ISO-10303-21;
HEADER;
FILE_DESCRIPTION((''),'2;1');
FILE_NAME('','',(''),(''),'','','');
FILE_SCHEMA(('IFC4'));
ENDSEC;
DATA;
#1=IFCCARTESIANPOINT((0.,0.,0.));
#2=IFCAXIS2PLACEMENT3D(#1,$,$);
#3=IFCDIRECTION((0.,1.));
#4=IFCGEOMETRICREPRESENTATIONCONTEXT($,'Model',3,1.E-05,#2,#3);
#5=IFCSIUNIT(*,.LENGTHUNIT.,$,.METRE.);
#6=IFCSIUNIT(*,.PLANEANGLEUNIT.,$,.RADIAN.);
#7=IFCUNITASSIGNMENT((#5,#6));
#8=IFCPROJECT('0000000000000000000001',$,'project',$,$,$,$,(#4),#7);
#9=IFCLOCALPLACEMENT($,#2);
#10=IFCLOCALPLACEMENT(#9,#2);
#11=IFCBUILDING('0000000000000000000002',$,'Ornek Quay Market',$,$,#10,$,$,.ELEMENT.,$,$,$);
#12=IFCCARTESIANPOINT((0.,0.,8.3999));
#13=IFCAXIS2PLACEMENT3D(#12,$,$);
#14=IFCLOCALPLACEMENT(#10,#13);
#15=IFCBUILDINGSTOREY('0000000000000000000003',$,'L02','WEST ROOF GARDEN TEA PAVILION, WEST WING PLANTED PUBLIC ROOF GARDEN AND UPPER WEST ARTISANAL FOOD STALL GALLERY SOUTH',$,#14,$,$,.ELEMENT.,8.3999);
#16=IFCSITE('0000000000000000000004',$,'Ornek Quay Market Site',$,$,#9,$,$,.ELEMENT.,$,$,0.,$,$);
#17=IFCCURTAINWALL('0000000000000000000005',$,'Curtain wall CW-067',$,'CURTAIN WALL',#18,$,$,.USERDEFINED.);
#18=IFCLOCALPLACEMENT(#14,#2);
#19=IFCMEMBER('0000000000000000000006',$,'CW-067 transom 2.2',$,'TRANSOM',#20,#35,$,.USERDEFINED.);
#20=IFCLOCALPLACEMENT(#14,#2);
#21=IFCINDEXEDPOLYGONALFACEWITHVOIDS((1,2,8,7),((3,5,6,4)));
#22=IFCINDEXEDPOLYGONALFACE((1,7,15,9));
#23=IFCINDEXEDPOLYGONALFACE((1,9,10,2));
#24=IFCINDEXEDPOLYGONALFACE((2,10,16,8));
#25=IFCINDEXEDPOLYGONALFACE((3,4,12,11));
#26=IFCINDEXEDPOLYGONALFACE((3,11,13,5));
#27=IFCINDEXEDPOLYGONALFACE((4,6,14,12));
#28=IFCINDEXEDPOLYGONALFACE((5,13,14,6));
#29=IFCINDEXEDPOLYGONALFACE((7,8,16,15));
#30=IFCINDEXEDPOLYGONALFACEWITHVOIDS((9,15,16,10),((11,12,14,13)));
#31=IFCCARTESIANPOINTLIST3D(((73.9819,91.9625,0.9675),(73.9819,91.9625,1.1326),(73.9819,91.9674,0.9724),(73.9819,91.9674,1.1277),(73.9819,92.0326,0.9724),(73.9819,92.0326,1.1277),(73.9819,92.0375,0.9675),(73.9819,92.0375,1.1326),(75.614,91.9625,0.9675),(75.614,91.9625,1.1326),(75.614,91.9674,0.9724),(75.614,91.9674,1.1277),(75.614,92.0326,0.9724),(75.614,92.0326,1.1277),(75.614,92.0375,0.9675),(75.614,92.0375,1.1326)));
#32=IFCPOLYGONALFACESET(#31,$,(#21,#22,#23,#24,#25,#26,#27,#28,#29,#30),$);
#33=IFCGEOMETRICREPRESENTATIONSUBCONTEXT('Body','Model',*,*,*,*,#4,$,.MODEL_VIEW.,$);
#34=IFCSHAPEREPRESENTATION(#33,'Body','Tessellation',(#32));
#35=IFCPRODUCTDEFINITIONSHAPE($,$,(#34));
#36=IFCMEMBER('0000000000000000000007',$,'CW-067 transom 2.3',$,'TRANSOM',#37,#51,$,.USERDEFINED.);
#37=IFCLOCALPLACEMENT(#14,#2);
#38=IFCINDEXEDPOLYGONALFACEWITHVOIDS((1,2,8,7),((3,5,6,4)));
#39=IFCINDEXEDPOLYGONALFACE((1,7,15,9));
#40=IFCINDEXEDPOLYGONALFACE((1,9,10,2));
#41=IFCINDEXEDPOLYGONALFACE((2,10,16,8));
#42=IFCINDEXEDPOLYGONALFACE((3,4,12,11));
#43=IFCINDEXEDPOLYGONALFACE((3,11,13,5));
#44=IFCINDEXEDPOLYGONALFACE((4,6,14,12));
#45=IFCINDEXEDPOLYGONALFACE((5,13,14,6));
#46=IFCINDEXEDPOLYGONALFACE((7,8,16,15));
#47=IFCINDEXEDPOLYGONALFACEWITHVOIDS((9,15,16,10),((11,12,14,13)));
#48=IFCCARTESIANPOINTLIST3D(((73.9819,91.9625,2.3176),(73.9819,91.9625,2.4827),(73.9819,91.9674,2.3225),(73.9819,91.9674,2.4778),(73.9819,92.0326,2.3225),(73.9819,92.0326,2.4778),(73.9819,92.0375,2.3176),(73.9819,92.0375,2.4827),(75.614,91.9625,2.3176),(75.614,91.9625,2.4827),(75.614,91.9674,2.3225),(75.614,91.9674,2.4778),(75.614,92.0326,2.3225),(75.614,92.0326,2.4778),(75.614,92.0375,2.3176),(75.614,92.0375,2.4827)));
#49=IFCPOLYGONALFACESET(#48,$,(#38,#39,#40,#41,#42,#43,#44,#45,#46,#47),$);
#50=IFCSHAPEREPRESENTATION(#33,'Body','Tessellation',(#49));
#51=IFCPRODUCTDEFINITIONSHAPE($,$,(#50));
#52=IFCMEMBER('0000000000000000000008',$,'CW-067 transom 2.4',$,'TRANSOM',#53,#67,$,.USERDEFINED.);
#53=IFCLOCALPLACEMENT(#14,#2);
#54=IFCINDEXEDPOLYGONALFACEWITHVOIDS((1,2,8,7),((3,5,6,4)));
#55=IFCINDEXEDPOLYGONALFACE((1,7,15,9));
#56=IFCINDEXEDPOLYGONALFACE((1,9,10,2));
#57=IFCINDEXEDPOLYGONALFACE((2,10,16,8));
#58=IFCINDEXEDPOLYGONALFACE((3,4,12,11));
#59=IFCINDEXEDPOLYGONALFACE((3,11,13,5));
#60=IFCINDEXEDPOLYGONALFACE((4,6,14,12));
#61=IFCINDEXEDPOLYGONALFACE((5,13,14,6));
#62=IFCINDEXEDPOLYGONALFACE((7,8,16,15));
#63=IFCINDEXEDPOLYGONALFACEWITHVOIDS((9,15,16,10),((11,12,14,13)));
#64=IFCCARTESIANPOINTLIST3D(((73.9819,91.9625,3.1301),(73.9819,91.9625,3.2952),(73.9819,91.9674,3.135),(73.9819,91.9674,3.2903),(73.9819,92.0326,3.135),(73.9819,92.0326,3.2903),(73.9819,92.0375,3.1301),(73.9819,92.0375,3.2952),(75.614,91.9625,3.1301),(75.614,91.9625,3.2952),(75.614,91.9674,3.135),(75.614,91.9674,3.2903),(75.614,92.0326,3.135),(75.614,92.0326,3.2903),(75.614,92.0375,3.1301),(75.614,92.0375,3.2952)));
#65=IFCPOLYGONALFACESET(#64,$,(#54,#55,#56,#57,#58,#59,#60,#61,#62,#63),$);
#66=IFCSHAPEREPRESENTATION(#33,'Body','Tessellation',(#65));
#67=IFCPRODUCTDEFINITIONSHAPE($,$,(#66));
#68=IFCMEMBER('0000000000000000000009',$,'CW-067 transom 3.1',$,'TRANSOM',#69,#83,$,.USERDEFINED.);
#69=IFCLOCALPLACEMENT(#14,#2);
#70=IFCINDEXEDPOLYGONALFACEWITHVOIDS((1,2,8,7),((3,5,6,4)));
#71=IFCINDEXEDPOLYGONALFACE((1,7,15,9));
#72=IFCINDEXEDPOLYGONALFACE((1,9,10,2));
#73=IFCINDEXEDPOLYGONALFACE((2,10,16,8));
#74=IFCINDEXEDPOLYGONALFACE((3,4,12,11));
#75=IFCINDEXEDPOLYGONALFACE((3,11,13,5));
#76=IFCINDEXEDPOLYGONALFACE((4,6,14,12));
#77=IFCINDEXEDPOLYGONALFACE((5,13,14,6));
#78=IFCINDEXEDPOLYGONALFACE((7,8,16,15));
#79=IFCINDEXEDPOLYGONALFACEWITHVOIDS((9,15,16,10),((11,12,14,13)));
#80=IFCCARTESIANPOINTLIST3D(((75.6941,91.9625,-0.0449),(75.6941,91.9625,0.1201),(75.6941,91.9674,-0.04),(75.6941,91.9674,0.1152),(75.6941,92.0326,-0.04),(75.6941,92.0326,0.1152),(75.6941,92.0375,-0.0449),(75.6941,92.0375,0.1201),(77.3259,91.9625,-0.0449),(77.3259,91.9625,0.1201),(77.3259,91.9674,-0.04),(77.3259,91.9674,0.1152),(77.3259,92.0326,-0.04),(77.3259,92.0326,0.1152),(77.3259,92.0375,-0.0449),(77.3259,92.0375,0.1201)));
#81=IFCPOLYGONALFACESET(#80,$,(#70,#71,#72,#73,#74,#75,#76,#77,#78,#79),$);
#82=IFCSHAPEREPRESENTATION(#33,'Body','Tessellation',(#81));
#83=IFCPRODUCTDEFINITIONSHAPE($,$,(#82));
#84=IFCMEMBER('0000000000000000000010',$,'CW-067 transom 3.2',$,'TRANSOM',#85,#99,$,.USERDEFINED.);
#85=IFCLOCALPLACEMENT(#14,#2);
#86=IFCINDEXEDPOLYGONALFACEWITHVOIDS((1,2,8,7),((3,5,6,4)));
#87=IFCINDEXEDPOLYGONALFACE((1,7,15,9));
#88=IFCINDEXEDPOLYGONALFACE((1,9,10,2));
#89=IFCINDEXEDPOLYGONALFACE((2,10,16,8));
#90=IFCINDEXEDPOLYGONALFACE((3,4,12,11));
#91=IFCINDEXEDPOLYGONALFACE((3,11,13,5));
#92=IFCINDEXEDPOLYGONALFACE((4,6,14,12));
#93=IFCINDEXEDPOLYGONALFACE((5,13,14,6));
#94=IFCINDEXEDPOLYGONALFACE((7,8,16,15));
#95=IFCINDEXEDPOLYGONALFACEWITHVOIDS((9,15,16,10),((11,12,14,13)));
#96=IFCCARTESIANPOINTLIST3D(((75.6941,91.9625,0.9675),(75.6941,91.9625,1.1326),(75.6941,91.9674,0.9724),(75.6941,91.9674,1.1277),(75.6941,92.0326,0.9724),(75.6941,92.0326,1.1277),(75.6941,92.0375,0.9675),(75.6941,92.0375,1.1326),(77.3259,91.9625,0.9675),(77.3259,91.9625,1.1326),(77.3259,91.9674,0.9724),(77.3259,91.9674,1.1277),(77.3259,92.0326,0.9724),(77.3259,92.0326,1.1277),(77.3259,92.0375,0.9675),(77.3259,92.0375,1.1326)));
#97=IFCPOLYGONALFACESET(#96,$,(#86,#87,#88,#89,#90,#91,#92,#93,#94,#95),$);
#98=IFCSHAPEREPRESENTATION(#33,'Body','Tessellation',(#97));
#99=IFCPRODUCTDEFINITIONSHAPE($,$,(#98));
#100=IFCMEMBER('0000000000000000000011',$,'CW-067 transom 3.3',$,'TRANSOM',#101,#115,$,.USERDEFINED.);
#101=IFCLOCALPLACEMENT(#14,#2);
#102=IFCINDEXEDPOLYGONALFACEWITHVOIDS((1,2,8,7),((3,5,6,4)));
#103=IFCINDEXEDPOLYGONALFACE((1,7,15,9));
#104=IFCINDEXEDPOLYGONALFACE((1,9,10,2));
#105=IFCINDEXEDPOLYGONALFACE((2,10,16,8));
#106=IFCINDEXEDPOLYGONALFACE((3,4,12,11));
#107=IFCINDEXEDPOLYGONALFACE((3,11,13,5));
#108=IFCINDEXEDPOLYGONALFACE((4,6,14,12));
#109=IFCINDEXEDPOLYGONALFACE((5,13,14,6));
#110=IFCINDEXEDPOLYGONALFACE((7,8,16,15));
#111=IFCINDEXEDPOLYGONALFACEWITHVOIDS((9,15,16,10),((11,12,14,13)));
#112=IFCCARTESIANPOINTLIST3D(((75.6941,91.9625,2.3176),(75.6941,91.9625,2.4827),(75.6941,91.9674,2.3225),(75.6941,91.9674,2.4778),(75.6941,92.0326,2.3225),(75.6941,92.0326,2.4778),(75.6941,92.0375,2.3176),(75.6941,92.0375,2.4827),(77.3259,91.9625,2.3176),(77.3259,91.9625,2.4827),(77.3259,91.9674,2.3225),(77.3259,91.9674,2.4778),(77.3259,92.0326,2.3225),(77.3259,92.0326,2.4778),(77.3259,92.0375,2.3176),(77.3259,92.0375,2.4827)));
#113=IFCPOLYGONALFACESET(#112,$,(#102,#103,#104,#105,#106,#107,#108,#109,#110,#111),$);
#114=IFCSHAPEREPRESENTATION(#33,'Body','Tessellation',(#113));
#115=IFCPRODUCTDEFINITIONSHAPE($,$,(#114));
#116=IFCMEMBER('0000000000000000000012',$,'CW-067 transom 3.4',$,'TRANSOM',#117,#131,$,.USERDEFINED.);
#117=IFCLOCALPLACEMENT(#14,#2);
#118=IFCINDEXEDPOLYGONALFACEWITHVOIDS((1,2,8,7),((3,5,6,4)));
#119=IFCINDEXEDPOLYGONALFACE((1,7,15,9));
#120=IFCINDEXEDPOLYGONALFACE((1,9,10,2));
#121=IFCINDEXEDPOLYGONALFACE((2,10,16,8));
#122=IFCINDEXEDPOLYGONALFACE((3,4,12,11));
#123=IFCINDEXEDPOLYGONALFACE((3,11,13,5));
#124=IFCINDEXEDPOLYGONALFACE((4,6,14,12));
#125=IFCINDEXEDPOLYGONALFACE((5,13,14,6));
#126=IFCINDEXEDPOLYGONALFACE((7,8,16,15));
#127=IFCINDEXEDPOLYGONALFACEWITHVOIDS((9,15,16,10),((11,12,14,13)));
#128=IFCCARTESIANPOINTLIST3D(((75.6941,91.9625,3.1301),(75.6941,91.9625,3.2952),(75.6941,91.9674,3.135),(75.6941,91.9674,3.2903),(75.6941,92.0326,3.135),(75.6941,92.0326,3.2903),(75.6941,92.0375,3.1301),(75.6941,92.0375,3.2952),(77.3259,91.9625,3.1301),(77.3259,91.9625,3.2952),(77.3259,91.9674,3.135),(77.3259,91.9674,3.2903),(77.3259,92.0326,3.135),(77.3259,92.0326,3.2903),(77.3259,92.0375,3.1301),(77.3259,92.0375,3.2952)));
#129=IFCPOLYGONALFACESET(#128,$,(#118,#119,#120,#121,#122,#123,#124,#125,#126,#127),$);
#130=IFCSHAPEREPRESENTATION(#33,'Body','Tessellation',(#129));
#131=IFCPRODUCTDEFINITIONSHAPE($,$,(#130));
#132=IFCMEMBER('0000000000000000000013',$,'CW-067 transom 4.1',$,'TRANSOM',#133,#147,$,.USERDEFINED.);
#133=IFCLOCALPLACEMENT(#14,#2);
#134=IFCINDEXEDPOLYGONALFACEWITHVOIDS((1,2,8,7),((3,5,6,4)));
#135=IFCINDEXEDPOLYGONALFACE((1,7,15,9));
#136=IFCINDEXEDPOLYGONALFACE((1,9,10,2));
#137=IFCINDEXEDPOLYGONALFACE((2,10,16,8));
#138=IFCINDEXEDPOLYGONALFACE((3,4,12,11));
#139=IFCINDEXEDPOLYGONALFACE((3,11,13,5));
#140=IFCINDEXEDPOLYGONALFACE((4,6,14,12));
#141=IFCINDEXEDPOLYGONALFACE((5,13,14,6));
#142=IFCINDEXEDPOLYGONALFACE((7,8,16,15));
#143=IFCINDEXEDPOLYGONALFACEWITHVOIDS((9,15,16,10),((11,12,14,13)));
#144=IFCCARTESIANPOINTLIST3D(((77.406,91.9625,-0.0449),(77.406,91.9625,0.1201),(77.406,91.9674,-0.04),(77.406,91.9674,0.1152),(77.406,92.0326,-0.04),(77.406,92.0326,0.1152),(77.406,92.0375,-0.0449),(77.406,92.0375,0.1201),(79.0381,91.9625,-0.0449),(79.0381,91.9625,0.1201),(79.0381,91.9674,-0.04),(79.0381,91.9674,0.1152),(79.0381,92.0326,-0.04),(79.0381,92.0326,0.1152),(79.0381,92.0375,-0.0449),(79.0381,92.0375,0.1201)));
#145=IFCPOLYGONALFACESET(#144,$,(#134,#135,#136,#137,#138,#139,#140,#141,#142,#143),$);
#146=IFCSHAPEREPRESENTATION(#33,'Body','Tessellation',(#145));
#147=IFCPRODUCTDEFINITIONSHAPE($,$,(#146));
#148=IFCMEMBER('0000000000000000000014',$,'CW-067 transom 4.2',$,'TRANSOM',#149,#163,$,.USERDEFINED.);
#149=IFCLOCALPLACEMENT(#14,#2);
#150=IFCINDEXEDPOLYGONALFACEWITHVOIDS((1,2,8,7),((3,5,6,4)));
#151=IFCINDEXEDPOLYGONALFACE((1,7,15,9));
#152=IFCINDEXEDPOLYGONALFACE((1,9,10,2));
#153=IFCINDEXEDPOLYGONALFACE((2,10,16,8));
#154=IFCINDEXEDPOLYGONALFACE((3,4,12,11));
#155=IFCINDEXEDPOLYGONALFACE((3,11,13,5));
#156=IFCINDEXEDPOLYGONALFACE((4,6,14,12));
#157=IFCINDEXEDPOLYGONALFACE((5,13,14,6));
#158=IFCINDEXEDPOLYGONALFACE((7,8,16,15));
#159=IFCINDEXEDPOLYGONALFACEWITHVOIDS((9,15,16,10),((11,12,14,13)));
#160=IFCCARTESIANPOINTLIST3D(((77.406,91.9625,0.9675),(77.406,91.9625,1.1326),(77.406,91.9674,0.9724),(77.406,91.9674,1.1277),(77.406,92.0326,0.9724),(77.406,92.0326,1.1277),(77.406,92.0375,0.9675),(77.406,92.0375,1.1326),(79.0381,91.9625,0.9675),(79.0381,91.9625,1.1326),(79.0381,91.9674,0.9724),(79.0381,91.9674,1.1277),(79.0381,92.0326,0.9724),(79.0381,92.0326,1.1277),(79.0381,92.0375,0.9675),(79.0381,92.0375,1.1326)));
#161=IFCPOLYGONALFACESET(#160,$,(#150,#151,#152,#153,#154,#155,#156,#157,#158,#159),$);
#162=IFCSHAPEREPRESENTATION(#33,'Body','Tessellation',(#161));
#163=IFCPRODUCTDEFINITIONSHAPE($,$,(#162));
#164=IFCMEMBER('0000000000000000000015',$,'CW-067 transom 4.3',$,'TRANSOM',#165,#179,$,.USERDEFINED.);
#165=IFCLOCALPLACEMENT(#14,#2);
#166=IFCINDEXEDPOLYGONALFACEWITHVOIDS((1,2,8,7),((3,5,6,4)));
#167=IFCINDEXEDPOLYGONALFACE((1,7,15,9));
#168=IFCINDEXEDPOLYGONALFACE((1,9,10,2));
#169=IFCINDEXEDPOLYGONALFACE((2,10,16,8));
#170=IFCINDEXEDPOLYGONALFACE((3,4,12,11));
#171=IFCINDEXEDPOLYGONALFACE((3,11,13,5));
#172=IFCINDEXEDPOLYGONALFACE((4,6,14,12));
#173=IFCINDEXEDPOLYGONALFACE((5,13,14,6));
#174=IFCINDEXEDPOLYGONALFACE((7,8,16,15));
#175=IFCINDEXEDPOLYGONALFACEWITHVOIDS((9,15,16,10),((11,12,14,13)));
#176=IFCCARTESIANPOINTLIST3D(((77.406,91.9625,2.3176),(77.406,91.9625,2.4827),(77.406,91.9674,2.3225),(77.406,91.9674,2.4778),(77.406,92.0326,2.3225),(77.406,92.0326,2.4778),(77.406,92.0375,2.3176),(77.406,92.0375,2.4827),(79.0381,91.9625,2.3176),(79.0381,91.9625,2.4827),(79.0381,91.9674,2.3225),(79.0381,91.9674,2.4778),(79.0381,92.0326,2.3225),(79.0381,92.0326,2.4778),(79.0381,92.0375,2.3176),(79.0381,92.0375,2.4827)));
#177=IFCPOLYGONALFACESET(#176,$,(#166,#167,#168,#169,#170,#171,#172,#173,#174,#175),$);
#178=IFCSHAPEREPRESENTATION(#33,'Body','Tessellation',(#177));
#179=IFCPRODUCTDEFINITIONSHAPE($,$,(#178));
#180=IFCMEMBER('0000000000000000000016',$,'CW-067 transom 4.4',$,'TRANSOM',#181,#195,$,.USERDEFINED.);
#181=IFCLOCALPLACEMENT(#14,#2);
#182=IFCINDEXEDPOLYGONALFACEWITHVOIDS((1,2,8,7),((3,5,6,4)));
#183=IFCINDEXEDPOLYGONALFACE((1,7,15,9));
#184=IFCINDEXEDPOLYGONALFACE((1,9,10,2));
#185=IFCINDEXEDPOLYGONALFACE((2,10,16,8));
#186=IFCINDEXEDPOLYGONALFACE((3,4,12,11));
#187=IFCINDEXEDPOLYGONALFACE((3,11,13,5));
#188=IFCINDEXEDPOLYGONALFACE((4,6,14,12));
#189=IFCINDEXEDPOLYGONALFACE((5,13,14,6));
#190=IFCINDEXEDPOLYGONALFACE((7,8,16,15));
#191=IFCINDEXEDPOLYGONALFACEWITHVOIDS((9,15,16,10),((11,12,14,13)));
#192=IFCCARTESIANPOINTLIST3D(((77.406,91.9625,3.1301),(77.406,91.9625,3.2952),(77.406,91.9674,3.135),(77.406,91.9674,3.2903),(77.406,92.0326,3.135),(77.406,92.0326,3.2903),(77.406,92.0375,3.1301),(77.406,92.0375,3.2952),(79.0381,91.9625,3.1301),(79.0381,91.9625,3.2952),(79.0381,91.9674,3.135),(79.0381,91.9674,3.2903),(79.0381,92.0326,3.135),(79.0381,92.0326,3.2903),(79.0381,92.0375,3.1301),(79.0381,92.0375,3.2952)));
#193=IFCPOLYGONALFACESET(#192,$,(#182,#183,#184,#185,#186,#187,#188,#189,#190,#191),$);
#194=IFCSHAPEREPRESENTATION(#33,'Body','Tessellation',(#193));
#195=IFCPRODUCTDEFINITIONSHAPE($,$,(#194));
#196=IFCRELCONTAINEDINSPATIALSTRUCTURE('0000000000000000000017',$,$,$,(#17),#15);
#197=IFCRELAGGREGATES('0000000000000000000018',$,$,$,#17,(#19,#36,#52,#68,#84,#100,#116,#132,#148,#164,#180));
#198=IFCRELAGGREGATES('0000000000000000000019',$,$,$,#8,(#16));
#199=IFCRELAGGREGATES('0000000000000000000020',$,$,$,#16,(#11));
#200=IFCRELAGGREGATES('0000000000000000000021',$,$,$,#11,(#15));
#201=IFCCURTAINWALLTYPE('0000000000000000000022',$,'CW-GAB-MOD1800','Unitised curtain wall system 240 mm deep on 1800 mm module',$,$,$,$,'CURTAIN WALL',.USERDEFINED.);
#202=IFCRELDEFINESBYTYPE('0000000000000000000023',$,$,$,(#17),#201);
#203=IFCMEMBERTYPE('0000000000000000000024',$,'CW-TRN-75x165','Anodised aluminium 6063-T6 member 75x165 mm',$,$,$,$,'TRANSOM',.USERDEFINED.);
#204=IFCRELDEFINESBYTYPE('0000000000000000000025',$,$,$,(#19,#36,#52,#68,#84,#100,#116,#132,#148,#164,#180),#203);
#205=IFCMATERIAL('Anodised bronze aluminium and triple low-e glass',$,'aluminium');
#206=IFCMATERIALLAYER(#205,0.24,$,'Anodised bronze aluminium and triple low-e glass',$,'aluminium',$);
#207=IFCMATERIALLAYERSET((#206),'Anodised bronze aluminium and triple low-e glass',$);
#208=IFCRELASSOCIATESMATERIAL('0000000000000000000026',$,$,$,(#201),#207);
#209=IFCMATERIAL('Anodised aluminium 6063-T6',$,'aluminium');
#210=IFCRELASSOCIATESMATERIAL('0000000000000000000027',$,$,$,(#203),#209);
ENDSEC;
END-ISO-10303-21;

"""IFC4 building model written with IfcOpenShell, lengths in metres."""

from ifc_helpers import new_model, si_unit, direction, frame, origin, origin_2d, place, context, subcontext, project, spatial, hollow_rectangle, extrude, material, layer, layer_set, material_profile, profile_set, type_object, element, aggregate, save


model = new_model("IFC4")

# Units and contexts
model_context = context("Model", 3, precision=1e-05, world=origin(), true_north=direction((0.0, 1.0)))
body_context = subcontext(model_context, "Body", "Model", "MODEL_VIEW")
ifc_project = project(units=[si_unit("LENGTHUNIT", "METRE"), si_unit("PLANEANGLEUNIT", "RADIAN")], contexts=[model_context])

# Site, building, storey
site_placement = place(None, origin())
site = spatial("IfcSite", under=ifc_project, at=site_placement, Name="Ornek Quay Market Site", CompositionType="ELEMENT", RefElevation=0.0)
building_placement = place(site_placement, origin())
building = spatial("IfcBuilding", under=site, at=building_placement, Name="Ornek Quay Market", CompositionType="ELEMENT")
storey_placement = place(building_placement, frame((0.0, 0.0, 8.3999)))
storey = spatial("IfcBuildingStorey", under=building, at=storey_placement, Name="L02", Description="WEST ROOF GARDEN TEA PAVILION, WEST WING PLANTED PUBLIC ROOF GARDEN AND UPPER WEST ARTISANAL FOOD STALL GALLERY SOUTH", CompositionType="ELEMENT", Elevation=8.3999)

# Shared definitions
ifc_material_1 = material(Name="Anodised bronze aluminium and triple low-e glass", Category="aluminium")
ifc_material_2 = material(Name="Anodised aluminium 6063-T6", Category="aluminium")

# Curtain wall, members
ifc_layer_1 = layer(ifc_material_1, 0.24, Name="Anodised bronze aluminium and triple low-e glass", Category="aluminium")
ifc_layer_set_1 = layer_set([ifc_layer_1], Name="Anodised bronze aluminium and triple low-e glass")
curtain_wall_type_1 = type_object("IfcCurtainWallType", Name="CW-GAB-MOD1800", Description="Unitised curtain wall system 240 mm deep on 1800 mm module", ElementType="CURTAIN WALL", PredefinedType="USERDEFINED", material=ifc_layer_set_1)
curtain_wall_1_placement = place(storey_placement, origin())
curtain_wall_1 = element("IfcCurtainWall", 1, at=curtain_wall_1_placement, inside=storey, type_object=curtain_wall_type_1, Name="Curtain wall CW-067", ObjectType="CURTAIN WALL", PredefinedType="USERDEFINED")
ifc_material_profile_1 = material_profile(ifc_material_2, hollow_rectangle(XDim=0.075, YDim=0.165, WallThickness=0.0049, at=origin_2d()), Name="CW-TRN-75x165", Category="aluminium")
ifc_profile_set_1 = profile_set([ifc_material_profile_1], Name="Anodised aluminium 6063-T6")
member_type_1 = type_object("IfcMemberType", Name="CW-TRN-75x165", Description="Anodised aluminium 6063-T6 member 75x165 mm", ElementType="TRANSOM", PredefinedType="USERDEFINED", material=ifc_profile_set_1)
member_1_placement = place(storey_placement, frame((73.9819, 92.0, 1.05), z_axis=(1.0, 0.0, 0.0), x_axis=(0.0, 1.0, 0.0)))
member_1 = element("IfcMember", 2, at=member_1_placement, type_object=member_type_1, Name="CW-067 transom 2.2", ObjectType="TRANSOM", PredefinedType="USERDEFINED", context=body_context, shape_type="SweptSolid", body=[
    extrude(hollow_rectangle(XDim=0.075, YDim=0.165, WallThickness=0.0049, at=origin_2d()), origin(), (0.0, 0.0, 1.0), 1.6321),
])
member_2_placement = place(storey_placement, frame((73.9819, 92.0, 2.4001), z_axis=(1.0, 0.0, 0.0), x_axis=(0.0, 1.0, 0.0)))
member_2 = element("IfcMember", 3, at=member_2_placement, type_object=member_type_1, Name="CW-067 transom 2.3", ObjectType="TRANSOM", PredefinedType="USERDEFINED", context=body_context, shape_type="SweptSolid", body=[
    extrude(hollow_rectangle(XDim=0.075, YDim=0.165, WallThickness=0.0049, at=origin_2d()), origin(), (0.0, 0.0, 1.0), 1.6321),
])
member_3_placement = place(storey_placement, frame((73.9819, 92.0, 3.2126), z_axis=(1.0, 0.0, 0.0), x_axis=(0.0, 1.0, 0.0)))
member_3 = element("IfcMember", 4, at=member_3_placement, type_object=member_type_1, Name="CW-067 transom 2.4", ObjectType="TRANSOM", PredefinedType="USERDEFINED", context=body_context, shape_type="SweptSolid", body=[
    extrude(hollow_rectangle(XDim=0.075, YDim=0.165, WallThickness=0.0049, at=origin_2d()), origin(), (0.0, 0.0, 1.0), 1.6321),
])
member_4_placement = place(storey_placement, frame((75.6941, 92.0, 0.0376), z_axis=(1.0, 0.0, 0.0), x_axis=(0.0, 1.0, 0.0)))
member_4 = element("IfcMember", 5, at=member_4_placement, type_object=member_type_1, Name="CW-067 transom 3.1", ObjectType="TRANSOM", PredefinedType="USERDEFINED", context=body_context, shape_type="SweptSolid", body=[
    extrude(hollow_rectangle(XDim=0.075, YDim=0.165, WallThickness=0.0049, at=origin_2d()), origin(), (0.0, 0.0, 1.0), 1.6318),
])
member_5_placement = place(storey_placement, frame((75.6941, 92.0, 1.05), z_axis=(1.0, 0.0, 0.0), x_axis=(0.0, 1.0, 0.0)))
member_5 = element("IfcMember", 6, at=member_5_placement, type_object=member_type_1, Name="CW-067 transom 3.2", ObjectType="TRANSOM", PredefinedType="USERDEFINED", context=body_context, shape_type="SweptSolid", body=[
    extrude(hollow_rectangle(XDim=0.075, YDim=0.165, WallThickness=0.0049, at=origin_2d()), origin(), (0.0, 0.0, 1.0), 1.6318),
])
member_6_placement = place(storey_placement, frame((75.6941, 92.0, 2.4001), z_axis=(1.0, 0.0, 0.0), x_axis=(0.0, 1.0, 0.0)))
member_6 = element("IfcMember", 7, at=member_6_placement, type_object=member_type_1, Name="CW-067 transom 3.3", ObjectType="TRANSOM", PredefinedType="USERDEFINED", context=body_context, shape_type="SweptSolid", body=[
    extrude(hollow_rectangle(XDim=0.075, YDim=0.165, WallThickness=0.0049, at=origin_2d()), origin(), (0.0, 0.0, 1.0), 1.6318),
])
member_7_placement = place(storey_placement, frame((75.6941, 92.0, 3.2126), z_axis=(1.0, 0.0, 0.0), x_axis=(0.0, 1.0, 0.0)))
member_7 = element("IfcMember", 8, at=member_7_placement, type_object=member_type_1, Name="CW-067 transom 3.4", ObjectType="TRANSOM", PredefinedType="USERDEFINED", context=body_context, shape_type="SweptSolid", body=[
    extrude(hollow_rectangle(XDim=0.075, YDim=0.165, WallThickness=0.0049, at=origin_2d()), origin(), (0.0, 0.0, 1.0), 1.6318),
])
member_8_placement = place(storey_placement, frame((77.406, 92.0, 0.0376), z_axis=(1.0, 0.0, 0.0), x_axis=(0.0, 1.0, 0.0)))
member_8 = element("IfcMember", 9, at=member_8_placement, type_object=member_type_1, Name="CW-067 transom 4.1", ObjectType="TRANSOM", PredefinedType="USERDEFINED", context=body_context, shape_type="SweptSolid", body=[
    extrude(hollow_rectangle(XDim=0.075, YDim=0.165, WallThickness=0.0049, at=origin_2d()), origin(), (0.0, 0.0, 1.0), 1.6321),
])
member_9_placement = place(storey_placement, frame((77.406, 92.0, 1.05), z_axis=(1.0, 0.0, 0.0), x_axis=(0.0, 1.0, 0.0)))
member_9 = element("IfcMember", 10, at=member_9_placement, type_object=member_type_1, Name="CW-067 transom 4.2", ObjectType="TRANSOM", PredefinedType="USERDEFINED", context=body_context, shape_type="SweptSolid", body=[
    extrude(hollow_rectangle(XDim=0.075, YDim=0.165, WallThickness=0.0049, at=origin_2d()), origin(), (0.0, 0.0, 1.0), 1.6321),
])
member_10_placement = place(storey_placement, frame((77.406, 92.0, 2.4001), z_axis=(1.0, 0.0, 0.0), x_axis=(0.0, 1.0, 0.0)))
member_10 = element("IfcMember", 11, at=member_10_placement, type_object=member_type_1, Name="CW-067 transom 4.3", ObjectType="TRANSOM", PredefinedType="USERDEFINED", context=body_context, shape_type="SweptSolid", body=[
    extrude(hollow_rectangle(XDim=0.075, YDim=0.165, WallThickness=0.0049, at=origin_2d()), origin(), (0.0, 0.0, 1.0), 1.6321),
])
member_11_placement = place(storey_placement, frame((77.406, 92.0, 3.2126), z_axis=(1.0, 0.0, 0.0), x_axis=(0.0, 1.0, 0.0)))
member_11 = element("IfcMember", 12, at=member_11_placement, type_object=member_type_1, Name="CW-067 transom 4.4", ObjectType="TRANSOM", PredefinedType="USERDEFINED", context=body_context, shape_type="SweptSolid", body=[
    extrude(hollow_rectangle(XDim=0.075, YDim=0.165, WallThickness=0.0049, at=origin_2d()), origin(), (0.0, 0.0, 1.0), 1.6321),
])
aggregate(curtain_wall_1, [member_1, member_2, member_3, member_4, member_5, member_6, member_7, member_8, member_9, member_10, member_11])

save(model, "model.ifc")
